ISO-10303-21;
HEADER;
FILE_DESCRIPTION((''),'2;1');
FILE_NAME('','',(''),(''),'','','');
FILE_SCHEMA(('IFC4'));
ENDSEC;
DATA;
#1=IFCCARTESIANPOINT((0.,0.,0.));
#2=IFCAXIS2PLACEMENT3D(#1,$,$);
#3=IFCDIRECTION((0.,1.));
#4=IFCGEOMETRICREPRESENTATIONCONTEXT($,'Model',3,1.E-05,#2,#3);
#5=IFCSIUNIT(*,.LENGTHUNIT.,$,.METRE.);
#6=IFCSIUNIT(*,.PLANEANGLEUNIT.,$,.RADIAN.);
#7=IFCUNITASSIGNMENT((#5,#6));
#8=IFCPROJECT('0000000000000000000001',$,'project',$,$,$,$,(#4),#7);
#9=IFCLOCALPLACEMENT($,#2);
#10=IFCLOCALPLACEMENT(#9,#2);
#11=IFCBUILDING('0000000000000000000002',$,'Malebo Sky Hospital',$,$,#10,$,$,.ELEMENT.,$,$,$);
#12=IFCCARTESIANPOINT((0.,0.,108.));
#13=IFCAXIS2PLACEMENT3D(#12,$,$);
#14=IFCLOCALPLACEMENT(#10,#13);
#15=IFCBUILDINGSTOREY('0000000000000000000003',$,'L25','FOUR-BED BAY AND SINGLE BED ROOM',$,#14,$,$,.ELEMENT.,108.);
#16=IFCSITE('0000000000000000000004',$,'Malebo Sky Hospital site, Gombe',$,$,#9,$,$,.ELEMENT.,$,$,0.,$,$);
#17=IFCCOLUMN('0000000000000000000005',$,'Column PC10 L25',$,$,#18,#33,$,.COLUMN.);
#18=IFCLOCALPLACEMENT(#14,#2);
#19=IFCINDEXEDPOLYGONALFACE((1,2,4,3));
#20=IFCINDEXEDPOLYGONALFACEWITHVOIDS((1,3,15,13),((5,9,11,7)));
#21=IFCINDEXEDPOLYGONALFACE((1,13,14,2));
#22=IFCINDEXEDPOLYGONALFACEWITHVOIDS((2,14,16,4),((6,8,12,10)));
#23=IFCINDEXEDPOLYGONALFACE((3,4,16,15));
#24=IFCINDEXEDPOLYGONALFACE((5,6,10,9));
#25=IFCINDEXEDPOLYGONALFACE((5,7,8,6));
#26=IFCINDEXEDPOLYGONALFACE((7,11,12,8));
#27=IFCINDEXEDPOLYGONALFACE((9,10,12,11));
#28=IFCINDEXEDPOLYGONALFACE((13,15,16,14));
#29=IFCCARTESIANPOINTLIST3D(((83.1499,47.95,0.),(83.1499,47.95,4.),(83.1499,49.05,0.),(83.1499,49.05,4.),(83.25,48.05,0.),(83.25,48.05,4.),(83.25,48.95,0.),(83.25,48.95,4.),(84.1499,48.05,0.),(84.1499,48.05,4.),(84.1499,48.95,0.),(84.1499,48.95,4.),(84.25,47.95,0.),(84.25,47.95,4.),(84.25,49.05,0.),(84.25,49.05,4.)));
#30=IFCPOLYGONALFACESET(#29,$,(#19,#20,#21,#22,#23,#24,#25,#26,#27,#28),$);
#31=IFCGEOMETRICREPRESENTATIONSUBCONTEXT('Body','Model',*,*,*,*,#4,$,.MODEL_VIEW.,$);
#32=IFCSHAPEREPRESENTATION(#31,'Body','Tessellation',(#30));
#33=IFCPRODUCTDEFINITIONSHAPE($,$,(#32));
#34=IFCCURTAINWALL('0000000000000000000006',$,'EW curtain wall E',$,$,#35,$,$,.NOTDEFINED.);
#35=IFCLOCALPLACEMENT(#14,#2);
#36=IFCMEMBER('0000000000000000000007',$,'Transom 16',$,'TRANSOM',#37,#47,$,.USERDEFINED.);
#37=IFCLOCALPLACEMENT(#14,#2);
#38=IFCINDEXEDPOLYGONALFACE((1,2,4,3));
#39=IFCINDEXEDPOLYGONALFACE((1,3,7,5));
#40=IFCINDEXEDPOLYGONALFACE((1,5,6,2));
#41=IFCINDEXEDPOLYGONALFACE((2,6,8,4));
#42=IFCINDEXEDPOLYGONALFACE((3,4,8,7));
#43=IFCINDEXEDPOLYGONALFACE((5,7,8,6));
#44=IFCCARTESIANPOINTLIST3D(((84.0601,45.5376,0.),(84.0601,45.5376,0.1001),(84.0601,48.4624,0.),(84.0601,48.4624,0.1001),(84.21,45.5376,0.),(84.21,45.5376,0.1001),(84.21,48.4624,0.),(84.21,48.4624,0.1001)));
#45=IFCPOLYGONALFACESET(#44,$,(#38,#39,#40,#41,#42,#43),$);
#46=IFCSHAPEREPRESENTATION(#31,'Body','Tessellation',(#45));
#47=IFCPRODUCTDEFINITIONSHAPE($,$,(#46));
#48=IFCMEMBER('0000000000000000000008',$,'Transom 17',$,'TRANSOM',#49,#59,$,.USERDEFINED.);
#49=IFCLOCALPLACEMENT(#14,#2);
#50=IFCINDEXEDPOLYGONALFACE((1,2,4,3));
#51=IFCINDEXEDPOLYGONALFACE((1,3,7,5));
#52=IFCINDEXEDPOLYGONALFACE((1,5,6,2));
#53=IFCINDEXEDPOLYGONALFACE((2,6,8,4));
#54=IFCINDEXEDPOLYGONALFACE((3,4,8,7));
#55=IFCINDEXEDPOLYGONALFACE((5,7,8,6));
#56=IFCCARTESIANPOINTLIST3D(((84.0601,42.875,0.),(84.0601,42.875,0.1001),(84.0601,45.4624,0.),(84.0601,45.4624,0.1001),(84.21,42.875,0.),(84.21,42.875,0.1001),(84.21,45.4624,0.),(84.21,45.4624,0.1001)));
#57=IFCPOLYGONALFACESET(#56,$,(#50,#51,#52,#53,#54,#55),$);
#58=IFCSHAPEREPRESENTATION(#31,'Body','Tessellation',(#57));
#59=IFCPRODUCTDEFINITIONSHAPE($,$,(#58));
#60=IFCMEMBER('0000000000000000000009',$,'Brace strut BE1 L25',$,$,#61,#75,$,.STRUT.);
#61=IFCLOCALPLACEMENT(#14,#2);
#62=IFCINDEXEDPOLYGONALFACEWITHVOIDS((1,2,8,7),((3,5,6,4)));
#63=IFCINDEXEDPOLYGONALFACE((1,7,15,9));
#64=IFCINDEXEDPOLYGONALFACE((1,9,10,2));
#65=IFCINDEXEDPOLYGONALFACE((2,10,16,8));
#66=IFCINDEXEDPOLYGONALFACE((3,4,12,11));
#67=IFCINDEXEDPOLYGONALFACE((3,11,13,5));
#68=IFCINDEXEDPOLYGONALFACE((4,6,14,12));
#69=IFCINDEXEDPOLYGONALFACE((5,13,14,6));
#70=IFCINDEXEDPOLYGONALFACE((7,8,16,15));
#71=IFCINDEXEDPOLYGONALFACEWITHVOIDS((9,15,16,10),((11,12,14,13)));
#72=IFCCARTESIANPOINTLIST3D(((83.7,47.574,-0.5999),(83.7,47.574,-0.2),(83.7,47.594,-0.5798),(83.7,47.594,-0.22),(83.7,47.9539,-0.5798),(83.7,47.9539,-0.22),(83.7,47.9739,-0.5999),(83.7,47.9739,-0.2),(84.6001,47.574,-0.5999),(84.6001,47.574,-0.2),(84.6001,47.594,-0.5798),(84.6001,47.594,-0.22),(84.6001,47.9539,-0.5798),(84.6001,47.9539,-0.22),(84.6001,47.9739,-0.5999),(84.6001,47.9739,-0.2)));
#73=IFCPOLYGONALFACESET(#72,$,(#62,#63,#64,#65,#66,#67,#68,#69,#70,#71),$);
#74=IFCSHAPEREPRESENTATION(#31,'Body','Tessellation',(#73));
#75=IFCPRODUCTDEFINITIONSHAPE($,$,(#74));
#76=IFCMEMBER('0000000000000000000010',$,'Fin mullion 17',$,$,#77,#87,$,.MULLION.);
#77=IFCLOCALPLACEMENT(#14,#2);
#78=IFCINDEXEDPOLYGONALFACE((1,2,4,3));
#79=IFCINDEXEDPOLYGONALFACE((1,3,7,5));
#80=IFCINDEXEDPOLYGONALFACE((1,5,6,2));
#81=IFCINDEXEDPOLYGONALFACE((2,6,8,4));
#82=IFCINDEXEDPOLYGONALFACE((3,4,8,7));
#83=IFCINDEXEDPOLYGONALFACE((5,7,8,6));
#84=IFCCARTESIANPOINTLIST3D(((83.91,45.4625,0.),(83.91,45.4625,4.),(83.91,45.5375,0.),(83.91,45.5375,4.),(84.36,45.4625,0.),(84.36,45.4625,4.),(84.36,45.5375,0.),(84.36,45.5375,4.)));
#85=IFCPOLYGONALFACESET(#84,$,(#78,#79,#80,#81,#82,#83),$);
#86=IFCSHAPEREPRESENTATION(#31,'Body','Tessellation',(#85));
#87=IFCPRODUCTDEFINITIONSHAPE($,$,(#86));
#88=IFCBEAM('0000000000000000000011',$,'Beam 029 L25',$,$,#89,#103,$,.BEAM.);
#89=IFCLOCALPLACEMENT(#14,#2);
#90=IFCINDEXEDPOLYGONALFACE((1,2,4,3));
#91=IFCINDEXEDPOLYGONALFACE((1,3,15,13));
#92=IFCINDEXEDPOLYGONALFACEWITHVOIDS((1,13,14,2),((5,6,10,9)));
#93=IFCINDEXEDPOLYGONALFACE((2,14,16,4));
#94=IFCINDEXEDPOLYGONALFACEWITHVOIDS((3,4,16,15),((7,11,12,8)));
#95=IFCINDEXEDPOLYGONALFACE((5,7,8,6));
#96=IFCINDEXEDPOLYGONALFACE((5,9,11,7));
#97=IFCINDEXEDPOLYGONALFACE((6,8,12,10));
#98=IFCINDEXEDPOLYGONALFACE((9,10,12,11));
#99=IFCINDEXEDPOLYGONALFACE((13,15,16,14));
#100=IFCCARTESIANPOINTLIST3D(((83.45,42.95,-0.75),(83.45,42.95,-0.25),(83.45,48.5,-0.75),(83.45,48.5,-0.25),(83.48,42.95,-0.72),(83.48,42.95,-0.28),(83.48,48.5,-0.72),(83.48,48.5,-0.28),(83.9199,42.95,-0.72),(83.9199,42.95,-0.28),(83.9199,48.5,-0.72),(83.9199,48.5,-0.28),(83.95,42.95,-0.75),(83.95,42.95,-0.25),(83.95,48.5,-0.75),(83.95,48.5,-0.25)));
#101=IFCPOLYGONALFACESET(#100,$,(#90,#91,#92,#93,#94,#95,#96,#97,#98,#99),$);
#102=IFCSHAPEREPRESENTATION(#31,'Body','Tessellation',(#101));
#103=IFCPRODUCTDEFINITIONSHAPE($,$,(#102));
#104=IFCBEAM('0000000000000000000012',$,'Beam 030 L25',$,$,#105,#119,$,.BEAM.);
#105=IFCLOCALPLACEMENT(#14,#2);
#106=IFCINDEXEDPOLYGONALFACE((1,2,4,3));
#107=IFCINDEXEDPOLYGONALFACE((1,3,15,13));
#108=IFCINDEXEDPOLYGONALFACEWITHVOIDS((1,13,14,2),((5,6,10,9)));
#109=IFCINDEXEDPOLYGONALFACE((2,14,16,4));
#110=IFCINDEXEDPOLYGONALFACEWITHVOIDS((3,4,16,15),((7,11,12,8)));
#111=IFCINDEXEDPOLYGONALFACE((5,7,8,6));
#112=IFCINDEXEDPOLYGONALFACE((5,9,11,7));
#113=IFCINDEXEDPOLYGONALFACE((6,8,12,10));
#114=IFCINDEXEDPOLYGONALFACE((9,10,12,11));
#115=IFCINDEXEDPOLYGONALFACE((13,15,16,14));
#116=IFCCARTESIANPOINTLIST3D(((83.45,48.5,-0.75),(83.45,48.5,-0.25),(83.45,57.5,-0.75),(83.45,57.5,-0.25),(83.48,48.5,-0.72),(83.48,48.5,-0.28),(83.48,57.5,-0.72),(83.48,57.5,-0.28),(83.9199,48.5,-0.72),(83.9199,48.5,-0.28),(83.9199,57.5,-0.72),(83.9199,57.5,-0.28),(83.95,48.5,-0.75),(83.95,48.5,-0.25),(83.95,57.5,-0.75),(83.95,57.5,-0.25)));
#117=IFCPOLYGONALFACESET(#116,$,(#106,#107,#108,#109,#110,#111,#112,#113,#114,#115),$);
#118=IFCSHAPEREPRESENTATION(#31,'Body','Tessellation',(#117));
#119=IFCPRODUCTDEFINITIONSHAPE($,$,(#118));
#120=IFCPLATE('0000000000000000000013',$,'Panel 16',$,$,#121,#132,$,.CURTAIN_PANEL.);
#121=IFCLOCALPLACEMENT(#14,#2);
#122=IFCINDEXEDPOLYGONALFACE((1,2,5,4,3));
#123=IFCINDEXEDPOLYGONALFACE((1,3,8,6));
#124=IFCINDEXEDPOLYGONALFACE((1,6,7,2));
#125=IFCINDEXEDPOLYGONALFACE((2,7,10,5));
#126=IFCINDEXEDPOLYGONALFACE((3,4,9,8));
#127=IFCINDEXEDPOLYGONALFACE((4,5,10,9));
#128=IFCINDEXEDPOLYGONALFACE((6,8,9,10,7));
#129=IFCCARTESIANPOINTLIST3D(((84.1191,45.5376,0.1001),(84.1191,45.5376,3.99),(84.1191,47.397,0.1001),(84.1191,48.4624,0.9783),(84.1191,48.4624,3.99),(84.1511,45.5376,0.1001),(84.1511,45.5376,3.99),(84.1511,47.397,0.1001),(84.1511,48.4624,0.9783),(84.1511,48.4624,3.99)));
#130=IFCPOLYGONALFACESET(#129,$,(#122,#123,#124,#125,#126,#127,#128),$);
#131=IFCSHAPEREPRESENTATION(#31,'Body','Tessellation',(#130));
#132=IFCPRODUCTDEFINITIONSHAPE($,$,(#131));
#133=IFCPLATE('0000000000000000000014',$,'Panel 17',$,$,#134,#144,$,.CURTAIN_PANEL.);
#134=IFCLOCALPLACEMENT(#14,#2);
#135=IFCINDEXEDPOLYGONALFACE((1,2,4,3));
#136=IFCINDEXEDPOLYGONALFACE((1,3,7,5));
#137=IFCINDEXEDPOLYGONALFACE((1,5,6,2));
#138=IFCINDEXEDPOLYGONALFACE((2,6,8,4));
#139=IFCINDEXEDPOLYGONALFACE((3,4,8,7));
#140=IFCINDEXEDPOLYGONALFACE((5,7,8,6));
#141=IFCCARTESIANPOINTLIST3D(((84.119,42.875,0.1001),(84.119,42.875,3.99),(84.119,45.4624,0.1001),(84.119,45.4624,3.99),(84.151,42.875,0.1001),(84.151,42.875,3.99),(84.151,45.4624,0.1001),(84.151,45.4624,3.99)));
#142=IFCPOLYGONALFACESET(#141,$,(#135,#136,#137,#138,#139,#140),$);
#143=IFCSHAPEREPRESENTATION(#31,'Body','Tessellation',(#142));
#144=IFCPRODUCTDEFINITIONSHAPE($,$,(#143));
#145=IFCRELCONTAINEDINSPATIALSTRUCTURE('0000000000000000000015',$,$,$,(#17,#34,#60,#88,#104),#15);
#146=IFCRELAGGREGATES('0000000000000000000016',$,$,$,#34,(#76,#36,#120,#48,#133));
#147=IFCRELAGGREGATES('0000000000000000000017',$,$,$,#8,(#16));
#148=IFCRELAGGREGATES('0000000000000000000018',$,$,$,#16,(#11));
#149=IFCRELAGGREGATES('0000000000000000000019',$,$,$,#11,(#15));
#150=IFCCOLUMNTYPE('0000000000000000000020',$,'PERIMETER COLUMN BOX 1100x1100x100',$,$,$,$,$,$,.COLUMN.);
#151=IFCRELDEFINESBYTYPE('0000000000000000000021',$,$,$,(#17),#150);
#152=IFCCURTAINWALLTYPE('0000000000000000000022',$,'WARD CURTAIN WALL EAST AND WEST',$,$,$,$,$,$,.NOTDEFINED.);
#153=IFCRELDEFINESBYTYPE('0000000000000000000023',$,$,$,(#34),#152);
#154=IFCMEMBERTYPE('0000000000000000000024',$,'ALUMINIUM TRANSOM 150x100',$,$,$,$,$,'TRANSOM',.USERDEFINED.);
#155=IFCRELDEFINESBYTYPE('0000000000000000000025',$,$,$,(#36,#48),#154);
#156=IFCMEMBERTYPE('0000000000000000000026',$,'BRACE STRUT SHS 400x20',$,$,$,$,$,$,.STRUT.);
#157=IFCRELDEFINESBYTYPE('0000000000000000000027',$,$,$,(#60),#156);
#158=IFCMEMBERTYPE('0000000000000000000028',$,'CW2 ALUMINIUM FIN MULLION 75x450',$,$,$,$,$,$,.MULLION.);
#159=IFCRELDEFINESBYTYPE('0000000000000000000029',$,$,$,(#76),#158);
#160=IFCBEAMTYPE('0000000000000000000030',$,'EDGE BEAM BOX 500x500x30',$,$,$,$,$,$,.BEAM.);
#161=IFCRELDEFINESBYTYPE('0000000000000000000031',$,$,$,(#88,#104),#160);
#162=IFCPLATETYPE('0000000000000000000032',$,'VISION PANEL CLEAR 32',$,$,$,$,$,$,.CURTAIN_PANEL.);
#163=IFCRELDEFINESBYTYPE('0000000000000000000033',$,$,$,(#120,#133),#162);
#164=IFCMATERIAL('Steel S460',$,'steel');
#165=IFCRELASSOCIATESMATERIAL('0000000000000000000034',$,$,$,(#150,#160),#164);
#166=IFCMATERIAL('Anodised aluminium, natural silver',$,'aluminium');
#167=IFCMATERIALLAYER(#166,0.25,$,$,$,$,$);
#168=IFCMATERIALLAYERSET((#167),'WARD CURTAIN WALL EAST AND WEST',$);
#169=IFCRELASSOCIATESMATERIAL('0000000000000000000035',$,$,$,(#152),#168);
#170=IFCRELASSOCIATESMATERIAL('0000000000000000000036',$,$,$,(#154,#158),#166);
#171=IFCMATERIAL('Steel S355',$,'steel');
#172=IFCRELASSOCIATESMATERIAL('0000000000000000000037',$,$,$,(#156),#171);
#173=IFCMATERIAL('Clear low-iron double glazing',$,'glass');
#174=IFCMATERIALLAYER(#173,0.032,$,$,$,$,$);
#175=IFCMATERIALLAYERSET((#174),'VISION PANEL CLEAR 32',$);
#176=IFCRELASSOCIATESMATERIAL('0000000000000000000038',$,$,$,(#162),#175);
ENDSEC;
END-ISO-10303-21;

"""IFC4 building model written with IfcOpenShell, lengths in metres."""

from ifc_helpers import new_model, si_unit, direction, frame, origin, origin_2d, place, context, subcontext, project, spatial, polyline, rectangle, hollow_rectangle, outline, extrude, material, layer, layer_set, material_profile, profile_set, type_object, element, aggregate, save


model = new_model("IFC4")

# Units and contexts
model_context = context("Model", 3, precision=1e-05, world=origin(), true_north=direction((0.0, 1.0)))
body_context = subcontext(model_context, "Body", "Model", "MODEL_VIEW")
ifc_project = project(units=[si_unit("LENGTHUNIT", "METRE"), si_unit("PLANEANGLEUNIT", "RADIAN")], contexts=[model_context])

# Site, building, storey
site_placement = place(None, origin())
site = spatial("IfcSite", under=ifc_project, at=site_placement, Name="Malebo Sky Hospital site, Gombe", CompositionType="ELEMENT", RefElevation=0.0)
building_placement = place(site_placement, origin())
building = spatial("IfcBuilding", under=site, at=building_placement, Name="Malebo Sky Hospital", CompositionType="ELEMENT")
storey_placement = place(building_placement, frame((0.0, 0.0, 108.0)))
storey = spatial("IfcBuildingStorey", under=building, at=storey_placement, Name="L25", Description="FOUR-BED BAY AND SINGLE BED ROOM", CompositionType="ELEMENT", Elevation=108.0)

# Column
ifc_material_1 = material(Name="Steel S460", Category="steel")
ifc_material_profile_1 = material_profile(ifc_material_1, hollow_rectangle(XDim=1.1001, YDim=1.1001, WallThickness=0.1001, at=origin_2d()), Name="BOX 1100x1100x100")
ifc_profile_set_1 = profile_set([ifc_material_profile_1], Name="Steel S460")
column_type = type_object("IfcColumnType", Name="PERIMETER COLUMN BOX 1100x1100x100", PredefinedType="COLUMN", material=ifc_profile_set_1)
column_placement = place(storey_placement, frame((83.7, 48.5, 0.0), z_axis=(0.0, 0.0, 1.0), x_axis=(1.0, 0.0, 0.0)))
element("IfcColumn", 1, at=column_placement, inside=storey, type_object=column_type, Name="Column PC10 L25", PredefinedType="COLUMN", context=body_context, shape_type="SweptSolid", body=[
    extrude(hollow_rectangle(XDim=1.1001, YDim=1.1001, WallThickness=0.1001, at=origin_2d()), origin(), (0.0, 0.0, 1.0), 4.0),
])

# Curtain wall, members
ifc_material_2 = material(Name="Anodised aluminium, natural silver", Category="aluminium")
ifc_layer_1 = layer(ifc_material_2, 0.25)
ifc_layer_set_1 = layer_set([ifc_layer_1], Name="WARD CURTAIN WALL EAST AND WEST")
curtain_wall_type = type_object("IfcCurtainWallType", Name="WARD CURTAIN WALL EAST AND WEST", PredefinedType="NOTDEFINED", material=ifc_layer_set_1)
curtain_wall_placement = place(storey_placement, origin())
curtain_wall = element("IfcCurtainWall", 2, at=curtain_wall_placement, inside=storey, type_object=curtain_wall_type, Name="EW curtain wall E", PredefinedType="NOTDEFINED")
ifc_material_profile_2 = material_profile(ifc_material_2, rectangle(XDim=0.1499, YDim=0.1001, at=origin_2d()), Name="ALUMINIUM TRANSOM 150x100")
ifc_profile_set_2 = profile_set([ifc_material_profile_2], Name="Anodised aluminium, natural silver")
member_type_1 = type_object("IfcMemberType", Name="ALUMINIUM TRANSOM 150x100", ElementType="TRANSOM", PredefinedType="USERDEFINED", material=ifc_profile_set_2)
member_1_placement = place(storey_placement, frame((84.135, 48.4624, 0.05), z_axis=(0.0, -1.0, 0.0), x_axis=(1.0, 0.0, 0.0)))
member_1 = element("IfcMember", 3, at=member_1_placement, type_object=member_type_1, Name="Transom 16", ObjectType="TRANSOM", PredefinedType="USERDEFINED", context=body_context, shape_type="SweptSolid", body=[
    extrude(rectangle(XDim=0.1499, YDim=0.1001, at=origin_2d()), origin(), (0.0, 0.0, 1.0), 2.9248),
])
member_2_placement = place(storey_placement, frame((84.135, 45.4624, 0.05), z_axis=(0.0, -1.0, 0.0), x_axis=(1.0, 0.0, 0.0)))
member_2 = element("IfcMember", 4, at=member_2_placement, type_object=member_type_1, Name="Transom 17", ObjectType="TRANSOM", PredefinedType="USERDEFINED", context=body_context, shape_type="SweptSolid", body=[
    extrude(rectangle(XDim=0.1499, YDim=0.1001, at=origin_2d()), origin(), (0.0, 0.0, 1.0), 2.5874),
])

# Members
ifc_material_3 = material(Name="Steel S355", Category="steel")
ifc_material_profile_3 = material_profile(ifc_material_3, hollow_rectangle(XDim=0.3999, YDim=0.3999, WallThickness=0.02, at=origin_2d()), Name="SHS 400x20")
ifc_profile_set_3 = profile_set([ifc_material_profile_3], Name="Steel S355")
member_type_2 = type_object("IfcMemberType", Name="BRACE STRUT SHS 400x20", PredefinedType="STRUT", material=ifc_profile_set_3)
member_3_placement = place(storey_placement, frame((84.6001, 47.7739, -0.3999), z_axis=(-1.0, 0.0, 0.0), x_axis=(0.0, -1.0, 0.0)))
element("IfcMember", 5, at=member_3_placement, inside=storey, type_object=member_type_2, Name="Brace strut BE1 L25", PredefinedType="STRUT", context=body_context, shape_type="SweptSolid", body=[
    extrude(hollow_rectangle(XDim=0.3999, YDim=0.3999, WallThickness=0.02, at=origin_2d()), origin(), (0.0, 0.0, 1.0), 0.9001),
])
ifc_material_profile_4 = material_profile(ifc_material_2, rectangle(XDim=0.075, YDim=0.45, at=origin_2d()), Name="CW2 ALUMINIUM FIN MULLION 75x450")
ifc_profile_set_4 = profile_set([ifc_material_profile_4], Name="Anodised aluminium, natural silver")
member_type_3 = type_object("IfcMemberType", Name="CW2 ALUMINIUM FIN MULLION 75x450", PredefinedType="MULLION", material=ifc_profile_set_4)
member_4_placement = place(storey_placement, frame((84.135, 45.5, 0.0), z_axis=(0.0, 0.0, 1.0), x_axis=(0.0, -1.0, 0.0)))
member_4 = element("IfcMember", 6, at=member_4_placement, type_object=member_type_3, Name="Fin mullion 17", PredefinedType="MULLION", context=body_context, shape_type="SweptSolid", body=[
    extrude(rectangle(XDim=0.075, YDim=0.45, at=origin_2d()), origin(), (0.0, 0.0, 1.0), 4.0),
])

# Beams
ifc_material_profile_5 = material_profile(ifc_material_1, hollow_rectangle(XDim=0.5, YDim=0.5, WallThickness=0.03, at=origin_2d()), Name="BOX 500x500x30")
ifc_profile_set_5 = profile_set([ifc_material_profile_5], Name="Steel S460")
beam_type = type_object("IfcBeamType", Name="EDGE BEAM BOX 500x500x30", PredefinedType="BEAM", material=ifc_profile_set_5)
beam_1_placement = place(storey_placement, frame((83.7, 42.95, -0.5), z_axis=(0.0, 1.0, 0.0), x_axis=(-1.0, 0.0, 0.0)))
element("IfcBeam", 7, at=beam_1_placement, inside=storey, type_object=beam_type, Name="Beam 029 L25", PredefinedType="BEAM", context=body_context, shape_type="SweptSolid", body=[
    extrude(hollow_rectangle(XDim=0.5, YDim=0.5, WallThickness=0.03, at=origin_2d()), origin(), (0.0, 0.0, 1.0), 5.55),
])
beam_2_placement = place(storey_placement, frame((83.7, 48.5, -0.5), z_axis=(0.0, 1.0, 0.0), x_axis=(-1.0, 0.0, 0.0)))
element("IfcBeam", 8, at=beam_2_placement, inside=storey, type_object=beam_type, Name="Beam 030 L25", PredefinedType="BEAM", context=body_context, shape_type="SweptSolid", body=[
    extrude(hollow_rectangle(XDim=0.5, YDim=0.5, WallThickness=0.03, at=origin_2d()), origin(), (0.0, 0.0, 1.0), 9.0),
])

# Plates
ifc_material_4 = material(Name="Clear low-iron double glazing", Category="glass")
ifc_layer_2 = layer(ifc_material_4, 0.032)
ifc_layer_set_2 = layer_set([ifc_layer_2], Name="VISION PANEL CLEAR 32")
plate_type = type_object("IfcPlateType", Name="VISION PANEL CLEAR 32", PredefinedType="CURTAIN_PANEL", material=ifc_layer_set_2)
plate_1_placement = place(storey_placement, frame((84.135, 47.0, 0.1001), z_axis=(0.0, 0.0, 1.0), x_axis=(0.0, -1.0, 0.0)))
plate_1 = element("IfcPlate", 9, at=plate_1_placement, type_object=plate_type, Name="Panel 16", PredefinedType="CURTAIN_PANEL", context=body_context, shape_type="SweptSolid", body=[
    extrude(outline(polyline([(-0.397, 0.0), (1.4624, 0.0), (1.4624, 3.8899), (-1.4624, 3.8899), (-1.4624, 0.8782), (-0.397, 0.0)])), frame((0.0, 0.0161, 0.0), z_axis=(0.0, -1.0, 0.0), x_axis=(1.0, 0.0, 0.0)), (0.0, 0.0, 1.0), 0.032),
])
plate_2_placement = place(storey_placement, frame((84.135, 44.1687, 0.1001), z_axis=(0.0, 0.0, 1.0), x_axis=(0.0, -1.0, 0.0)))
plate_2 = element("IfcPlate", 10, at=plate_2_placement, type_object=plate_type, Name="Panel 17", PredefinedType="CURTAIN_PANEL", context=body_context, shape_type="SweptSolid", body=[
    extrude(rectangle(XDim=2.5874, YDim=0.032, at=origin_2d()), origin(), (0.0, 0.0, 1.0), 3.8899),
])
aggregate(curtain_wall, [member_4, member_1, plate_1, member_2, plate_2])

save(model, "model.ifc")
